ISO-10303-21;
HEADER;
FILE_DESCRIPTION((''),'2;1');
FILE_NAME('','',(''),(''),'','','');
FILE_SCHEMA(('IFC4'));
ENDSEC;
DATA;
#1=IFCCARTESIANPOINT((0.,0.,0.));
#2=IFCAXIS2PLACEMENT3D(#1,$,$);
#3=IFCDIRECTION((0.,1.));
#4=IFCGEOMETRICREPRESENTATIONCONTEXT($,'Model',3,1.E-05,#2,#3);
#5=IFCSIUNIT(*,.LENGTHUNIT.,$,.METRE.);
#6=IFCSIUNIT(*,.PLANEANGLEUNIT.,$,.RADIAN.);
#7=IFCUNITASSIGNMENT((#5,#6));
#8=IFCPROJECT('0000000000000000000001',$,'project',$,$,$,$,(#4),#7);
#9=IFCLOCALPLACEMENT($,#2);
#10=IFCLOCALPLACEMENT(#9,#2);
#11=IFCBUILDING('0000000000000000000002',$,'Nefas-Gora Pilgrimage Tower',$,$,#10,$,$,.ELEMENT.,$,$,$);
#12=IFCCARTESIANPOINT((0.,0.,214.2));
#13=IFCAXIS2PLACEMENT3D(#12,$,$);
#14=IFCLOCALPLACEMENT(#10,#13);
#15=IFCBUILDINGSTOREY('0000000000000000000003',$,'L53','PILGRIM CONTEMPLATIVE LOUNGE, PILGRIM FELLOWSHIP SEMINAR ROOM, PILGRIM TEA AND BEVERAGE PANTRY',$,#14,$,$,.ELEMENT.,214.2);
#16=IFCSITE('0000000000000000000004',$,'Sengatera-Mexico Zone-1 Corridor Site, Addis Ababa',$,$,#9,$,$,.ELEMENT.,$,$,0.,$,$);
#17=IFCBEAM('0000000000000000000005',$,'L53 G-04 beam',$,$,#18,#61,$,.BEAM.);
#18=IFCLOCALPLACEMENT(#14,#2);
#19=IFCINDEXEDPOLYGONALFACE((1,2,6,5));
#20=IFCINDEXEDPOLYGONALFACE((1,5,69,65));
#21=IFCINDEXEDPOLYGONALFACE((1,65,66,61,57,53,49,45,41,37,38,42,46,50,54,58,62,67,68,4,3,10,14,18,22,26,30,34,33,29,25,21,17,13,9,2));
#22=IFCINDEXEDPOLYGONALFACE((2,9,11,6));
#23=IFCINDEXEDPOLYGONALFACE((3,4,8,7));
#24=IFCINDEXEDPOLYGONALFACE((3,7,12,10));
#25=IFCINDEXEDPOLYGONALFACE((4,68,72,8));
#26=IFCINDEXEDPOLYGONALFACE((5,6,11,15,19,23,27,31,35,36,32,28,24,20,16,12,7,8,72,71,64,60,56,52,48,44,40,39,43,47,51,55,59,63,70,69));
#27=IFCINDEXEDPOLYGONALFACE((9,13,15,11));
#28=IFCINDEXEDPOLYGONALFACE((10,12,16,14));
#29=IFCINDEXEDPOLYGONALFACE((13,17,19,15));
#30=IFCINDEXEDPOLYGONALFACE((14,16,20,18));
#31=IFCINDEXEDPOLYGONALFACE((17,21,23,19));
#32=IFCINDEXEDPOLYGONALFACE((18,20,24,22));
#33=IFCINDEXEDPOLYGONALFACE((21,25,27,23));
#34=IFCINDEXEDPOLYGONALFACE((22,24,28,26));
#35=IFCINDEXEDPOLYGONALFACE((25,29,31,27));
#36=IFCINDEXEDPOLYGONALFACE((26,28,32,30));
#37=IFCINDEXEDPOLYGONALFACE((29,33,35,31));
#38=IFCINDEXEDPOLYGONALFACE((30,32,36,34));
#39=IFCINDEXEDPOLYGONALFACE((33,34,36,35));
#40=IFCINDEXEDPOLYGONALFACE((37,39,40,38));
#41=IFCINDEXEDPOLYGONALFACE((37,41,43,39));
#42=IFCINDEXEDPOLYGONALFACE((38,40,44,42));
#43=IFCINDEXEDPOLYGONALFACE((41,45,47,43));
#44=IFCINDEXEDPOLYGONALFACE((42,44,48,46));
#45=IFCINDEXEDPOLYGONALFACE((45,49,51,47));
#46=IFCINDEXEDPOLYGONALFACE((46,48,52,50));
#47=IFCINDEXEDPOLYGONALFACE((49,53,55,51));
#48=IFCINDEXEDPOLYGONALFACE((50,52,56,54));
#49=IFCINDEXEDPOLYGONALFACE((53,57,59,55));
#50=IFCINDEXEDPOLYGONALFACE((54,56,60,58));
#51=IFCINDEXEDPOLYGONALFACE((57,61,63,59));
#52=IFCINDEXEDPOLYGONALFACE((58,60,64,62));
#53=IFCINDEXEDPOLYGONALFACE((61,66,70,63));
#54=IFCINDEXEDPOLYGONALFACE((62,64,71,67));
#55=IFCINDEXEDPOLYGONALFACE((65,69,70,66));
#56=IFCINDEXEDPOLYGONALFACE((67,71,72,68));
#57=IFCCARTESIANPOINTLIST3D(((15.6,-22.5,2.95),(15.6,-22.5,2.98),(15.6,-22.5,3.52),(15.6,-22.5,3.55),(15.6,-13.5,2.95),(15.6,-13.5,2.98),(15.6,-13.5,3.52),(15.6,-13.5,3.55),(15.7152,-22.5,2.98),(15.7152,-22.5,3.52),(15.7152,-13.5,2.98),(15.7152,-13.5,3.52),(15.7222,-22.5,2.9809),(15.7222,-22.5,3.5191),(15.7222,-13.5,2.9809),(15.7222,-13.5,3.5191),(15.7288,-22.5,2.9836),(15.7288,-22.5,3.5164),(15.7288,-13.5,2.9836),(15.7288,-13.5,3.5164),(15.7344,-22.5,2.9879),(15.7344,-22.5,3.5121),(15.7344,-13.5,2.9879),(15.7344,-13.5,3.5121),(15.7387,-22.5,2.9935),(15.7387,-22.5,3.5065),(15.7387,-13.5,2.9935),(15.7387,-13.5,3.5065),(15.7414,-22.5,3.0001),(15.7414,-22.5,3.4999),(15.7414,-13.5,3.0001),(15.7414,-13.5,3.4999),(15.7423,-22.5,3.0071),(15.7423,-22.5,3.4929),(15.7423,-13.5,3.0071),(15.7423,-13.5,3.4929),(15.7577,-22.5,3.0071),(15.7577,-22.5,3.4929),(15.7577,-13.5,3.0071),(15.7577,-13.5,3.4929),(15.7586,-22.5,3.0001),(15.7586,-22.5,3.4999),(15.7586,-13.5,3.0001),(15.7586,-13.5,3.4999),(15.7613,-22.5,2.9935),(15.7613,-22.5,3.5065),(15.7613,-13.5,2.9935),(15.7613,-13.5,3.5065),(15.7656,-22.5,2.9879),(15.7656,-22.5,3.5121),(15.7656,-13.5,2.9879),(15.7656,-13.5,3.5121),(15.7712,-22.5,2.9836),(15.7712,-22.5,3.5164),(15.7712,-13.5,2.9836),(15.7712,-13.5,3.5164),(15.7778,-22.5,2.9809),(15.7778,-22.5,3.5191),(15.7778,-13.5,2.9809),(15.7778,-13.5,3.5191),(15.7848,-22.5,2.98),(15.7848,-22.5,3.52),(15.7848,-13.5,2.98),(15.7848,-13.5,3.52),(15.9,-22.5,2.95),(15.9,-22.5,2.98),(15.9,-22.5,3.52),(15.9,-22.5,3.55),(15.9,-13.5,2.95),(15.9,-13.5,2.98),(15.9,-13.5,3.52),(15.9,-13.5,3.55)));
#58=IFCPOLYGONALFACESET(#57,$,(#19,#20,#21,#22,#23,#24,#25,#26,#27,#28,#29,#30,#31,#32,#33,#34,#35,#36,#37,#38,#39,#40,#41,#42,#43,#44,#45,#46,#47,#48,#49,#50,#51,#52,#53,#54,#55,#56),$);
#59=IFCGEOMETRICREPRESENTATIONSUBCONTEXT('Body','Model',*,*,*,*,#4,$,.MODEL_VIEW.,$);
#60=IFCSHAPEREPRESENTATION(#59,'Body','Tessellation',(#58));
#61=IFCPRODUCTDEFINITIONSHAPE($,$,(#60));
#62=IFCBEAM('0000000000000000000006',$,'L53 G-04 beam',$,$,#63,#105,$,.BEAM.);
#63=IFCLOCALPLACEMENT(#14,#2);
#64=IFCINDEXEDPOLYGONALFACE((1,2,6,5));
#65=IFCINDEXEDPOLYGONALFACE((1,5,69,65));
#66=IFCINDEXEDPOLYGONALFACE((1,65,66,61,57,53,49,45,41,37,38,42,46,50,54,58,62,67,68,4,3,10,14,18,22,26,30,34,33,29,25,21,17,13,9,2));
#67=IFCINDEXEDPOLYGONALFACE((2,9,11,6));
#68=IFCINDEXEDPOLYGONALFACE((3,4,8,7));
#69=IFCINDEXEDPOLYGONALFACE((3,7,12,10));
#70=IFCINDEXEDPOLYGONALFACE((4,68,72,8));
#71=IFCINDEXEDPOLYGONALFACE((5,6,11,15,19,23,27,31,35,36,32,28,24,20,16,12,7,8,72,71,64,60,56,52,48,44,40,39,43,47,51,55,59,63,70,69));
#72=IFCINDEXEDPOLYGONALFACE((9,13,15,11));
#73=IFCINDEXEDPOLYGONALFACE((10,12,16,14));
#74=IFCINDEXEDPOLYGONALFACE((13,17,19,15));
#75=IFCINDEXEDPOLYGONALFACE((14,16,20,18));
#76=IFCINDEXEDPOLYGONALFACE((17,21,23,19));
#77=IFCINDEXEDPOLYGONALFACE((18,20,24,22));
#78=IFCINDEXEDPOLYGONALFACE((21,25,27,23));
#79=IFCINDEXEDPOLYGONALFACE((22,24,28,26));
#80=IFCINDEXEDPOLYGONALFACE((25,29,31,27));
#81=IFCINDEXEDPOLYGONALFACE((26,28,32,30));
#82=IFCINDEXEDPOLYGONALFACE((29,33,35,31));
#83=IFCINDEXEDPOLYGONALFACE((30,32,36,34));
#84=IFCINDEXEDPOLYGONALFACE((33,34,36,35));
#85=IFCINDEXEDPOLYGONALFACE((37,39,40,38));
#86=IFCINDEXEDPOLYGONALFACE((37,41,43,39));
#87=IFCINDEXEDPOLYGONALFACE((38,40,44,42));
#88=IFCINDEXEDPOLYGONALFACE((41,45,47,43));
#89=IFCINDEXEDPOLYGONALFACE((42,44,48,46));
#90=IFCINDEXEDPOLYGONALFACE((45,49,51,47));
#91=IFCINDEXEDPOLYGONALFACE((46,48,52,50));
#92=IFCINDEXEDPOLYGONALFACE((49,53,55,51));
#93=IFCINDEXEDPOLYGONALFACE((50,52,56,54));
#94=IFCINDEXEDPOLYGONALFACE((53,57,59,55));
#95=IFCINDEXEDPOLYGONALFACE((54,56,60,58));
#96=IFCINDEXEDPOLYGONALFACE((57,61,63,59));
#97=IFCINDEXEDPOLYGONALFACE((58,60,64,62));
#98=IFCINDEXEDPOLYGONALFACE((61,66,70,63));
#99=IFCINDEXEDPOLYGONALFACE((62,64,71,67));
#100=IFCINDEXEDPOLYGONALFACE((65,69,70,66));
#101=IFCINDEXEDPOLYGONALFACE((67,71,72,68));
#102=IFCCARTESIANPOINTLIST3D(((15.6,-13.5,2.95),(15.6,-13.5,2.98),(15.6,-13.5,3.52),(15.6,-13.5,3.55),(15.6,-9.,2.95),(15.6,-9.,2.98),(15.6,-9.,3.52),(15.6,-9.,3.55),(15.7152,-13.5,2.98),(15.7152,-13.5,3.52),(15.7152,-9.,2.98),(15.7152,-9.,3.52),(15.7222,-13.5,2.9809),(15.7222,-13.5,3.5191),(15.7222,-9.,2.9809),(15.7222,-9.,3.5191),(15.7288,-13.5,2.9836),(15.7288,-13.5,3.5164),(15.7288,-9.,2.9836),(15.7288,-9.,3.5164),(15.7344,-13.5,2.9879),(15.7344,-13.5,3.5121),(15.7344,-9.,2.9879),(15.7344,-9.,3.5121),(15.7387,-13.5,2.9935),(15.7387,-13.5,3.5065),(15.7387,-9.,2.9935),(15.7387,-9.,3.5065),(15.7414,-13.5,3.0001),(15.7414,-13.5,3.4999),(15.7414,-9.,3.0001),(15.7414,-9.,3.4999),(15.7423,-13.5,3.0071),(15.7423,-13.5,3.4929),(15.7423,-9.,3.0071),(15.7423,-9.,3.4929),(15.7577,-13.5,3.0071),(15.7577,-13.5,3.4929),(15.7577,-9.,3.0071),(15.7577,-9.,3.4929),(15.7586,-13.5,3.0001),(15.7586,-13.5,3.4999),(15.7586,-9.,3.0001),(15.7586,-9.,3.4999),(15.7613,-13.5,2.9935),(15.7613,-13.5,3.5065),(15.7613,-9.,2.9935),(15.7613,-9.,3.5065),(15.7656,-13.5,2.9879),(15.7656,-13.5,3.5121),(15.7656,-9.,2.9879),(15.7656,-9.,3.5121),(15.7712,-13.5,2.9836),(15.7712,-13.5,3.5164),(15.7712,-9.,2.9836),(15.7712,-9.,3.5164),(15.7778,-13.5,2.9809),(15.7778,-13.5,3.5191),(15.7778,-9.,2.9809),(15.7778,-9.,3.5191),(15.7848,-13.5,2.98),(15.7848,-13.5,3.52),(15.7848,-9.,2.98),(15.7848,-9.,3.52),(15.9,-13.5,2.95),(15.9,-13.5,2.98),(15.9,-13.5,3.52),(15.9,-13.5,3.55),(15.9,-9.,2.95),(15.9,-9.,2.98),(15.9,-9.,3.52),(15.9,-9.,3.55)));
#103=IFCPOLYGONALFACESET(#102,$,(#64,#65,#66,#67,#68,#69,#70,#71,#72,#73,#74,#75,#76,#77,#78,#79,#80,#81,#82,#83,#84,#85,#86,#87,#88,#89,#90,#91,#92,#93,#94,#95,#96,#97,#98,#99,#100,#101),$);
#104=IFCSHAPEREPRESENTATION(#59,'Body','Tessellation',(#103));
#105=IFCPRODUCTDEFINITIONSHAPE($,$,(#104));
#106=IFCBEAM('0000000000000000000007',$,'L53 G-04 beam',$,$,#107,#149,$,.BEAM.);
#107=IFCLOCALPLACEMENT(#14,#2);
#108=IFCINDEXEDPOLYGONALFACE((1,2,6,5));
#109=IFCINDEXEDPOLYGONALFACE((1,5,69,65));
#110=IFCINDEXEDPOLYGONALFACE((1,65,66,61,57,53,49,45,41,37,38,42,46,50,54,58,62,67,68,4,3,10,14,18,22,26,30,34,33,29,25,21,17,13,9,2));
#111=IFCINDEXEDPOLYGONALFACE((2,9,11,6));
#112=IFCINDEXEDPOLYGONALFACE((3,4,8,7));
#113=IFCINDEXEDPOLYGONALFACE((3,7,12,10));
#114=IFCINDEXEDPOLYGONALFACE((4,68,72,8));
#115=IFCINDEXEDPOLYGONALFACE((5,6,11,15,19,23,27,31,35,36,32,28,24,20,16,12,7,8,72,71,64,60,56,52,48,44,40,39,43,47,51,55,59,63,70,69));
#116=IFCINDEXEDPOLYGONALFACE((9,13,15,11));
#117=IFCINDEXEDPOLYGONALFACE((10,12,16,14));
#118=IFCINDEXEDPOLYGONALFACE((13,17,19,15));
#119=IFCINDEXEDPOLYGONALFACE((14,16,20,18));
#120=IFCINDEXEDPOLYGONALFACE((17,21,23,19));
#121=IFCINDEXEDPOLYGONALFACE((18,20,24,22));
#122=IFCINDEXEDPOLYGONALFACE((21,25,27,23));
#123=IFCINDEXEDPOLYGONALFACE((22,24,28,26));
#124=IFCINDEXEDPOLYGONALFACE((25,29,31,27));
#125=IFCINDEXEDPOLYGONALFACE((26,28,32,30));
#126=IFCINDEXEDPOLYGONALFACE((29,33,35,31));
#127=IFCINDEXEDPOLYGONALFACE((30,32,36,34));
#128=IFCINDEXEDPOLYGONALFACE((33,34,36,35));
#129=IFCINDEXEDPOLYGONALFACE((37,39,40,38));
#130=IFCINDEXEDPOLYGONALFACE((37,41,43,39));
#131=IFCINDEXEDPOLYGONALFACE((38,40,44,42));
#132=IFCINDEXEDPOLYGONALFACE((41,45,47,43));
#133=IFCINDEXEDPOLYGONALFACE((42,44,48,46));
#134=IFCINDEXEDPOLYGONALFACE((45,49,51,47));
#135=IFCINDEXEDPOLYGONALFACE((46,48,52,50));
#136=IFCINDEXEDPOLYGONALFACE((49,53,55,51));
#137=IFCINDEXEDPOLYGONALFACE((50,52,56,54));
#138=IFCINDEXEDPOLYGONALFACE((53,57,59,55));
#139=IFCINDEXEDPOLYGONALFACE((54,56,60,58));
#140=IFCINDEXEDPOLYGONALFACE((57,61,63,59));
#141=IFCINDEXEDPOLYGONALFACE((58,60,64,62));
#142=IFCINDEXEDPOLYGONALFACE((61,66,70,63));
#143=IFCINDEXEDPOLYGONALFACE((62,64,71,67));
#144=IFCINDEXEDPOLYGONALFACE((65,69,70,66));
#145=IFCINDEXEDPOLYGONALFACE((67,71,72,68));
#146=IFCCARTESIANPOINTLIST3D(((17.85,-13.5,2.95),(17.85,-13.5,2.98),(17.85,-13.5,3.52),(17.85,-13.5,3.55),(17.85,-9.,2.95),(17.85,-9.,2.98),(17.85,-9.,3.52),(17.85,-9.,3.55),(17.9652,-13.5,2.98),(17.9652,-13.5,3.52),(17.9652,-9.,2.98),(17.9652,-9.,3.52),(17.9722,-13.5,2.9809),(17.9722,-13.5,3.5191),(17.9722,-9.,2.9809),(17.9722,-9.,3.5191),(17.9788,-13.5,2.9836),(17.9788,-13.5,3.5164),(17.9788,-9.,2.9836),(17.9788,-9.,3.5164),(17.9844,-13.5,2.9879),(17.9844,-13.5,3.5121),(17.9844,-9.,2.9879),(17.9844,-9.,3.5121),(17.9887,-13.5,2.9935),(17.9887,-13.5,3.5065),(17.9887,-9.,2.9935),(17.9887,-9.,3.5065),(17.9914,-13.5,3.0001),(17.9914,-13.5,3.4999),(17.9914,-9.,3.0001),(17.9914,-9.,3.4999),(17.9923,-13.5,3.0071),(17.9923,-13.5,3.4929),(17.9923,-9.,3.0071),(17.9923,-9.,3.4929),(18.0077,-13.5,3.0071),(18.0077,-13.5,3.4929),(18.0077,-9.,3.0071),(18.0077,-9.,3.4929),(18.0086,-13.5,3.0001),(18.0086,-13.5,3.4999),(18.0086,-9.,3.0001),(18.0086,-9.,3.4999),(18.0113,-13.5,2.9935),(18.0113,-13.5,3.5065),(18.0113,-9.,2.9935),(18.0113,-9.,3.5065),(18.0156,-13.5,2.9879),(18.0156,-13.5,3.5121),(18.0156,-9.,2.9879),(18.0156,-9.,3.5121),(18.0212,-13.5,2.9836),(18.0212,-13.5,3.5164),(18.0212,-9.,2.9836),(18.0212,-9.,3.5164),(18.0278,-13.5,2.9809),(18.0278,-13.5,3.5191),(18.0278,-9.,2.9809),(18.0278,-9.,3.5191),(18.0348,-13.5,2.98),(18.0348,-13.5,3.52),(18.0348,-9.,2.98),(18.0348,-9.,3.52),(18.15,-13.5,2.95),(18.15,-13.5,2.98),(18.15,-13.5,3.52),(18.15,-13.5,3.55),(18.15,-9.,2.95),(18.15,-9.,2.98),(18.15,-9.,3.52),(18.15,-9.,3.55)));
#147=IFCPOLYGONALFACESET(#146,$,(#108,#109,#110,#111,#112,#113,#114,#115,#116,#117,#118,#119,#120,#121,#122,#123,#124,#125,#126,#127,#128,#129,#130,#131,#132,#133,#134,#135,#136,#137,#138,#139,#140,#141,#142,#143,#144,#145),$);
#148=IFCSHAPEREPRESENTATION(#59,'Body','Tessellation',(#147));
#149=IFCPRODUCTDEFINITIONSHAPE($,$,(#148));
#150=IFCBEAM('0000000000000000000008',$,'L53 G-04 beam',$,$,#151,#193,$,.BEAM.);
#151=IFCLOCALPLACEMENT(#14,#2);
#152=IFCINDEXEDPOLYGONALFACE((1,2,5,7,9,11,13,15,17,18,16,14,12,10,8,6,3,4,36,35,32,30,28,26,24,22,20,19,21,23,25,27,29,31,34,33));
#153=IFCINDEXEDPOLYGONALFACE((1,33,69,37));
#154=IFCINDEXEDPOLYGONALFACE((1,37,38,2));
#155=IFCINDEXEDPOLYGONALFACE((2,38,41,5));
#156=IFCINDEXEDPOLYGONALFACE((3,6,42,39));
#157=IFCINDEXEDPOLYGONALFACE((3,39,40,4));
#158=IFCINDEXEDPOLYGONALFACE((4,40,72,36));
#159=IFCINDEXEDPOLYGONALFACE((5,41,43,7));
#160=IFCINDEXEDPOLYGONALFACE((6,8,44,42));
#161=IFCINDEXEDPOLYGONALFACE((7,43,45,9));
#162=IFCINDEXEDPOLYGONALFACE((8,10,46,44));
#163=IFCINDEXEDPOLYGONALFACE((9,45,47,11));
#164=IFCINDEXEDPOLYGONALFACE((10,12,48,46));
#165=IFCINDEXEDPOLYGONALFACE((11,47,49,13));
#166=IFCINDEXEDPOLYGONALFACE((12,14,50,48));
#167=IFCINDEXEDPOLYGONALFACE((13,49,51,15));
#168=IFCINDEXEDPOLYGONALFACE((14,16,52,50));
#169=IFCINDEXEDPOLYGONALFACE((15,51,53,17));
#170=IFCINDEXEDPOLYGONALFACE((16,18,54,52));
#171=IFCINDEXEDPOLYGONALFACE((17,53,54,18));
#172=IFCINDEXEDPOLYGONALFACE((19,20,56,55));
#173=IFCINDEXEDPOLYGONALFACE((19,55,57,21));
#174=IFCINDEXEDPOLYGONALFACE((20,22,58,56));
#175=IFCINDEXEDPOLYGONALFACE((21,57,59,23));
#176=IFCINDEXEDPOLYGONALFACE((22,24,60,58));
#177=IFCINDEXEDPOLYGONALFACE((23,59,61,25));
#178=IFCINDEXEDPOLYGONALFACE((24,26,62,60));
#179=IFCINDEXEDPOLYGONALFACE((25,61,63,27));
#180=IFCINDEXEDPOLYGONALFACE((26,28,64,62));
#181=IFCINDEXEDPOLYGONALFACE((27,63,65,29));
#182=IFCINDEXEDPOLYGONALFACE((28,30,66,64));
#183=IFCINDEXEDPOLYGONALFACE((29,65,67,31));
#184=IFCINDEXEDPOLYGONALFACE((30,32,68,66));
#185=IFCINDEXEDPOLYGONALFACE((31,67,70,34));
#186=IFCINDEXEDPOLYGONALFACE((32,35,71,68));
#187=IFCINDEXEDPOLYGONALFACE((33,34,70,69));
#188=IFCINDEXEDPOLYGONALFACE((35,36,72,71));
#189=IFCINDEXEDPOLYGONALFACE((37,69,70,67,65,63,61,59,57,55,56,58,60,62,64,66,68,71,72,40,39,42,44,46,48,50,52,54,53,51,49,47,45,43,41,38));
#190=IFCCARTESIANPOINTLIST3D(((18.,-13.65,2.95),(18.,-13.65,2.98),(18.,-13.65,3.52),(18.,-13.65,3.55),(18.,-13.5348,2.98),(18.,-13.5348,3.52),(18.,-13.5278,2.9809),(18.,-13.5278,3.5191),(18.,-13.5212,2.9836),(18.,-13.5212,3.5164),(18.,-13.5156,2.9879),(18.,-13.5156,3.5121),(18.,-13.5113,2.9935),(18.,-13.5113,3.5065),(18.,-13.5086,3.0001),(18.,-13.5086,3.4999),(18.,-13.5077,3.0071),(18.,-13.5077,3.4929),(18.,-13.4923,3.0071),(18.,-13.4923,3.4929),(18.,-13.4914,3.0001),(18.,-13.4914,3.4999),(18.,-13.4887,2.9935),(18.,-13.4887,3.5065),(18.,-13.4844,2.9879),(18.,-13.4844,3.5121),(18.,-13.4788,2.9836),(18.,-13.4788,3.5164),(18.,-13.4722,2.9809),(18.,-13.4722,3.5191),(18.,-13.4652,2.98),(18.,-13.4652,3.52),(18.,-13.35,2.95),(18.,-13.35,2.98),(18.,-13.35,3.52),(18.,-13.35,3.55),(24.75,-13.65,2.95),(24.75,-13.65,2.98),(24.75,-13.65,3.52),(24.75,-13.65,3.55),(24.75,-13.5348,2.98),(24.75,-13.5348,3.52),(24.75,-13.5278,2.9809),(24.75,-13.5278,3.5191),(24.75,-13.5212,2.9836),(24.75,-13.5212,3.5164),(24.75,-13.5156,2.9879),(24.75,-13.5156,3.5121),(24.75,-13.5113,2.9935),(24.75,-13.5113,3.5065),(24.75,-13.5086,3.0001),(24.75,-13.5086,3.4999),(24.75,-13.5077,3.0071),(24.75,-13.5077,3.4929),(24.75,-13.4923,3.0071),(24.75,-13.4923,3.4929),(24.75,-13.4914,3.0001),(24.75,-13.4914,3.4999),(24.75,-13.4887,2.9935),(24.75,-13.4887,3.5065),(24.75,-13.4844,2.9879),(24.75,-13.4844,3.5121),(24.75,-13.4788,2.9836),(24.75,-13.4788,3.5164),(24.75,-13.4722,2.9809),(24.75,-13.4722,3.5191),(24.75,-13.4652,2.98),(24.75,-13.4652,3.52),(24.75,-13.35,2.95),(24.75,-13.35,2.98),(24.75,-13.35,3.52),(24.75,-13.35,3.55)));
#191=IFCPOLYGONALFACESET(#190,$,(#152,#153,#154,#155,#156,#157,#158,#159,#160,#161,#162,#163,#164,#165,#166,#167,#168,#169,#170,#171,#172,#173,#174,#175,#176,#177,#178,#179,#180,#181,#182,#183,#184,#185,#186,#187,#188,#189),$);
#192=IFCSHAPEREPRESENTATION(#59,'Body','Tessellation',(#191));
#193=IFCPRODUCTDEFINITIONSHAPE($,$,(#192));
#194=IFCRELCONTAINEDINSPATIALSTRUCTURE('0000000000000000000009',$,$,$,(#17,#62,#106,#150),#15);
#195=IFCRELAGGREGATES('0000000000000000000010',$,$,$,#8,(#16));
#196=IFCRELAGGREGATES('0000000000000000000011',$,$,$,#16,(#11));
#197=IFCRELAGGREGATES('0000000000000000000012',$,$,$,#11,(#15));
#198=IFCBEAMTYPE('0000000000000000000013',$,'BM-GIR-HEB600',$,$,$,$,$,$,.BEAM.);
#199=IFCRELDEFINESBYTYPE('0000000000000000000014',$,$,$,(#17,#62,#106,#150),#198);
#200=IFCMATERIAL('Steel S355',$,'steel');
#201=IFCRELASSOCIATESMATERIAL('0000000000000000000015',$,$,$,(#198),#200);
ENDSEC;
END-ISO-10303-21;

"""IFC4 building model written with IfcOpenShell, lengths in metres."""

from ifc_helpers import new_model, si_unit, direction, frame, origin, origin_2d, place, context, subcontext, project, spatial, i_section, extrude, source, transform, mapped, material, material_profile, profile_set, type_object, element, save


model = new_model("IFC4")

# Units and contexts
model_context = context("Model", 3, precision=1e-05, world=origin(), true_north=direction((0.0, 1.0)))
body_context = subcontext(model_context, "Body", "Model", "MODEL_VIEW")
ifc_project = project(units=[si_unit("LENGTHUNIT", "METRE"), si_unit("PLANEANGLEUNIT", "RADIAN")], contexts=[model_context])

# Site, building, storey
site_placement = place(None, origin())
site = spatial("IfcSite", under=ifc_project, at=site_placement, Name="Sengatera-Mexico Zone-1 Corridor Site, Addis Ababa", CompositionType="ELEMENT", RefElevation=0.0)
building_placement = place(site_placement, origin())
building = spatial("IfcBuilding", under=site, at=building_placement, Name="Nefas-Gora Pilgrimage Tower", CompositionType="ELEMENT")
storey_placement = place(building_placement, frame((0.0, 0.0, 214.2)))
storey = spatial("IfcBuildingStorey", under=building, at=storey_placement, Name="L53", Description="PILGRIM CONTEMPLATIVE LOUNGE, PILGRIM FELLOWSHIP SEMINAR ROOM, PILGRIM TEA AND BEVERAGE PANTRY", CompositionType="ELEMENT", Elevation=214.2)

# Beams
ifc_material_1 = material(Name="Steel S355", Category="steel")
ifc_material_profile_1 = material_profile(ifc_material_1, i_section(OverallWidth=0.3, OverallDepth=0.6001, WebThickness=0.0154, FlangeThickness=0.03, FilletRadius=0.0271, at=origin_2d()), Name="HEB 600")
ifc_profile_set_1 = profile_set([ifc_material_profile_1], Name="Steel S355")
beam_type_1 = type_object("IfcBeamType", Name="BM-GIR-HEB600", PredefinedType="BEAM", material=ifc_profile_set_1)
shared_shape_1 = source(origin(), body_context, "Body", "SweptSolid", [
    extrude(i_section(OverallWidth=0.3, OverallDepth=0.6001, WebThickness=0.0154, FlangeThickness=0.03, FilletRadius=0.0271, at=origin_2d()), origin(), (0.0, 0.0, 1.0), 9.0),
])
for number, where, z_axis, x_axis, name in (
    (1, (15.75, -22.5, 3.25), (0.0, 1.0, 0.0), (-1.0, 0.0, 0.0), "L53 G-04 beam"),
):
    element("IfcBeam", number, at=place(storey_placement, frame(where, z_axis=z_axis, x_axis=x_axis)), inside=storey, type_object=beam_type_1, Name=name, PredefinedType="BEAM", context=body_context, shape_type="MappedRepresentation", body=[
        mapped(shared_shape_1, transform((0.0, 0.0, 0.0), x_axis=(1.0, 0.0, 0.0), y_axis=(0.0, 1.0, 0.0), z_axis=(0.0, 0.0, 1.0), scale=1.0)),
    ])
shared_shape_2 = source(origin(), body_context, "Body", "SweptSolid", [
    extrude(i_section(OverallWidth=0.3, OverallDepth=0.6001, WebThickness=0.0154, FlangeThickness=0.03, FilletRadius=0.0271, at=origin_2d()), origin(), (0.0, 0.0, 1.0), 4.5),
])
for number, where, z_axis, x_axis, name in (
    (2, (15.75, -13.5, 3.25), (0.0, 1.0, 0.0), (-1.0, 0.0, 0.0), "L53 G-04 beam"),
    (3, (18.0, -13.5, 3.25), (0.0, 1.0, 0.0), (-1.0, 0.0, 0.0), "L53 G-04 beam"),
):
    element("IfcBeam", number, at=place(storey_placement, frame(where, z_axis=z_axis, x_axis=x_axis)), inside=storey, type_object=beam_type_1, Name=name, PredefinedType="BEAM", context=body_context, shape_type="MappedRepresentation", body=[
        mapped(shared_shape_2, transform((0.0, 0.0, 0.0), x_axis=(1.0, 0.0, 0.0), y_axis=(0.0, 1.0, 0.0), z_axis=(0.0, 0.0, 1.0), scale=1.0)),
    ])
shared_shape_3 = source(origin(), body_context, "Body", "SweptSolid", [
    extrude(i_section(OverallWidth=0.3, OverallDepth=0.6001, WebThickness=0.0154, FlangeThickness=0.03, FilletRadius=0.0271, at=origin_2d()), origin(), (0.0, 0.0, 1.0), 6.75),
])
beam_1_placement = place(storey_placement, frame((18.0, -13.5, 3.25), z_axis=(1.0, 0.0, 0.0), x_axis=(0.0, 1.0, 0.0)))
element("IfcBeam", 4, at=beam_1_placement, inside=storey, type_object=beam_type_1, Name="L53 G-04 beam", PredefinedType="BEAM", context=body_context, shape_type="MappedRepresentation", body=[
    mapped(shared_shape_3, transform((0.0, 0.0, 0.0), x_axis=(1.0, 0.0, 0.0), y_axis=(0.0, 1.0, 0.0), z_axis=(0.0, 0.0, 1.0), scale=1.0)),
])

save(model, "model.ifc")
